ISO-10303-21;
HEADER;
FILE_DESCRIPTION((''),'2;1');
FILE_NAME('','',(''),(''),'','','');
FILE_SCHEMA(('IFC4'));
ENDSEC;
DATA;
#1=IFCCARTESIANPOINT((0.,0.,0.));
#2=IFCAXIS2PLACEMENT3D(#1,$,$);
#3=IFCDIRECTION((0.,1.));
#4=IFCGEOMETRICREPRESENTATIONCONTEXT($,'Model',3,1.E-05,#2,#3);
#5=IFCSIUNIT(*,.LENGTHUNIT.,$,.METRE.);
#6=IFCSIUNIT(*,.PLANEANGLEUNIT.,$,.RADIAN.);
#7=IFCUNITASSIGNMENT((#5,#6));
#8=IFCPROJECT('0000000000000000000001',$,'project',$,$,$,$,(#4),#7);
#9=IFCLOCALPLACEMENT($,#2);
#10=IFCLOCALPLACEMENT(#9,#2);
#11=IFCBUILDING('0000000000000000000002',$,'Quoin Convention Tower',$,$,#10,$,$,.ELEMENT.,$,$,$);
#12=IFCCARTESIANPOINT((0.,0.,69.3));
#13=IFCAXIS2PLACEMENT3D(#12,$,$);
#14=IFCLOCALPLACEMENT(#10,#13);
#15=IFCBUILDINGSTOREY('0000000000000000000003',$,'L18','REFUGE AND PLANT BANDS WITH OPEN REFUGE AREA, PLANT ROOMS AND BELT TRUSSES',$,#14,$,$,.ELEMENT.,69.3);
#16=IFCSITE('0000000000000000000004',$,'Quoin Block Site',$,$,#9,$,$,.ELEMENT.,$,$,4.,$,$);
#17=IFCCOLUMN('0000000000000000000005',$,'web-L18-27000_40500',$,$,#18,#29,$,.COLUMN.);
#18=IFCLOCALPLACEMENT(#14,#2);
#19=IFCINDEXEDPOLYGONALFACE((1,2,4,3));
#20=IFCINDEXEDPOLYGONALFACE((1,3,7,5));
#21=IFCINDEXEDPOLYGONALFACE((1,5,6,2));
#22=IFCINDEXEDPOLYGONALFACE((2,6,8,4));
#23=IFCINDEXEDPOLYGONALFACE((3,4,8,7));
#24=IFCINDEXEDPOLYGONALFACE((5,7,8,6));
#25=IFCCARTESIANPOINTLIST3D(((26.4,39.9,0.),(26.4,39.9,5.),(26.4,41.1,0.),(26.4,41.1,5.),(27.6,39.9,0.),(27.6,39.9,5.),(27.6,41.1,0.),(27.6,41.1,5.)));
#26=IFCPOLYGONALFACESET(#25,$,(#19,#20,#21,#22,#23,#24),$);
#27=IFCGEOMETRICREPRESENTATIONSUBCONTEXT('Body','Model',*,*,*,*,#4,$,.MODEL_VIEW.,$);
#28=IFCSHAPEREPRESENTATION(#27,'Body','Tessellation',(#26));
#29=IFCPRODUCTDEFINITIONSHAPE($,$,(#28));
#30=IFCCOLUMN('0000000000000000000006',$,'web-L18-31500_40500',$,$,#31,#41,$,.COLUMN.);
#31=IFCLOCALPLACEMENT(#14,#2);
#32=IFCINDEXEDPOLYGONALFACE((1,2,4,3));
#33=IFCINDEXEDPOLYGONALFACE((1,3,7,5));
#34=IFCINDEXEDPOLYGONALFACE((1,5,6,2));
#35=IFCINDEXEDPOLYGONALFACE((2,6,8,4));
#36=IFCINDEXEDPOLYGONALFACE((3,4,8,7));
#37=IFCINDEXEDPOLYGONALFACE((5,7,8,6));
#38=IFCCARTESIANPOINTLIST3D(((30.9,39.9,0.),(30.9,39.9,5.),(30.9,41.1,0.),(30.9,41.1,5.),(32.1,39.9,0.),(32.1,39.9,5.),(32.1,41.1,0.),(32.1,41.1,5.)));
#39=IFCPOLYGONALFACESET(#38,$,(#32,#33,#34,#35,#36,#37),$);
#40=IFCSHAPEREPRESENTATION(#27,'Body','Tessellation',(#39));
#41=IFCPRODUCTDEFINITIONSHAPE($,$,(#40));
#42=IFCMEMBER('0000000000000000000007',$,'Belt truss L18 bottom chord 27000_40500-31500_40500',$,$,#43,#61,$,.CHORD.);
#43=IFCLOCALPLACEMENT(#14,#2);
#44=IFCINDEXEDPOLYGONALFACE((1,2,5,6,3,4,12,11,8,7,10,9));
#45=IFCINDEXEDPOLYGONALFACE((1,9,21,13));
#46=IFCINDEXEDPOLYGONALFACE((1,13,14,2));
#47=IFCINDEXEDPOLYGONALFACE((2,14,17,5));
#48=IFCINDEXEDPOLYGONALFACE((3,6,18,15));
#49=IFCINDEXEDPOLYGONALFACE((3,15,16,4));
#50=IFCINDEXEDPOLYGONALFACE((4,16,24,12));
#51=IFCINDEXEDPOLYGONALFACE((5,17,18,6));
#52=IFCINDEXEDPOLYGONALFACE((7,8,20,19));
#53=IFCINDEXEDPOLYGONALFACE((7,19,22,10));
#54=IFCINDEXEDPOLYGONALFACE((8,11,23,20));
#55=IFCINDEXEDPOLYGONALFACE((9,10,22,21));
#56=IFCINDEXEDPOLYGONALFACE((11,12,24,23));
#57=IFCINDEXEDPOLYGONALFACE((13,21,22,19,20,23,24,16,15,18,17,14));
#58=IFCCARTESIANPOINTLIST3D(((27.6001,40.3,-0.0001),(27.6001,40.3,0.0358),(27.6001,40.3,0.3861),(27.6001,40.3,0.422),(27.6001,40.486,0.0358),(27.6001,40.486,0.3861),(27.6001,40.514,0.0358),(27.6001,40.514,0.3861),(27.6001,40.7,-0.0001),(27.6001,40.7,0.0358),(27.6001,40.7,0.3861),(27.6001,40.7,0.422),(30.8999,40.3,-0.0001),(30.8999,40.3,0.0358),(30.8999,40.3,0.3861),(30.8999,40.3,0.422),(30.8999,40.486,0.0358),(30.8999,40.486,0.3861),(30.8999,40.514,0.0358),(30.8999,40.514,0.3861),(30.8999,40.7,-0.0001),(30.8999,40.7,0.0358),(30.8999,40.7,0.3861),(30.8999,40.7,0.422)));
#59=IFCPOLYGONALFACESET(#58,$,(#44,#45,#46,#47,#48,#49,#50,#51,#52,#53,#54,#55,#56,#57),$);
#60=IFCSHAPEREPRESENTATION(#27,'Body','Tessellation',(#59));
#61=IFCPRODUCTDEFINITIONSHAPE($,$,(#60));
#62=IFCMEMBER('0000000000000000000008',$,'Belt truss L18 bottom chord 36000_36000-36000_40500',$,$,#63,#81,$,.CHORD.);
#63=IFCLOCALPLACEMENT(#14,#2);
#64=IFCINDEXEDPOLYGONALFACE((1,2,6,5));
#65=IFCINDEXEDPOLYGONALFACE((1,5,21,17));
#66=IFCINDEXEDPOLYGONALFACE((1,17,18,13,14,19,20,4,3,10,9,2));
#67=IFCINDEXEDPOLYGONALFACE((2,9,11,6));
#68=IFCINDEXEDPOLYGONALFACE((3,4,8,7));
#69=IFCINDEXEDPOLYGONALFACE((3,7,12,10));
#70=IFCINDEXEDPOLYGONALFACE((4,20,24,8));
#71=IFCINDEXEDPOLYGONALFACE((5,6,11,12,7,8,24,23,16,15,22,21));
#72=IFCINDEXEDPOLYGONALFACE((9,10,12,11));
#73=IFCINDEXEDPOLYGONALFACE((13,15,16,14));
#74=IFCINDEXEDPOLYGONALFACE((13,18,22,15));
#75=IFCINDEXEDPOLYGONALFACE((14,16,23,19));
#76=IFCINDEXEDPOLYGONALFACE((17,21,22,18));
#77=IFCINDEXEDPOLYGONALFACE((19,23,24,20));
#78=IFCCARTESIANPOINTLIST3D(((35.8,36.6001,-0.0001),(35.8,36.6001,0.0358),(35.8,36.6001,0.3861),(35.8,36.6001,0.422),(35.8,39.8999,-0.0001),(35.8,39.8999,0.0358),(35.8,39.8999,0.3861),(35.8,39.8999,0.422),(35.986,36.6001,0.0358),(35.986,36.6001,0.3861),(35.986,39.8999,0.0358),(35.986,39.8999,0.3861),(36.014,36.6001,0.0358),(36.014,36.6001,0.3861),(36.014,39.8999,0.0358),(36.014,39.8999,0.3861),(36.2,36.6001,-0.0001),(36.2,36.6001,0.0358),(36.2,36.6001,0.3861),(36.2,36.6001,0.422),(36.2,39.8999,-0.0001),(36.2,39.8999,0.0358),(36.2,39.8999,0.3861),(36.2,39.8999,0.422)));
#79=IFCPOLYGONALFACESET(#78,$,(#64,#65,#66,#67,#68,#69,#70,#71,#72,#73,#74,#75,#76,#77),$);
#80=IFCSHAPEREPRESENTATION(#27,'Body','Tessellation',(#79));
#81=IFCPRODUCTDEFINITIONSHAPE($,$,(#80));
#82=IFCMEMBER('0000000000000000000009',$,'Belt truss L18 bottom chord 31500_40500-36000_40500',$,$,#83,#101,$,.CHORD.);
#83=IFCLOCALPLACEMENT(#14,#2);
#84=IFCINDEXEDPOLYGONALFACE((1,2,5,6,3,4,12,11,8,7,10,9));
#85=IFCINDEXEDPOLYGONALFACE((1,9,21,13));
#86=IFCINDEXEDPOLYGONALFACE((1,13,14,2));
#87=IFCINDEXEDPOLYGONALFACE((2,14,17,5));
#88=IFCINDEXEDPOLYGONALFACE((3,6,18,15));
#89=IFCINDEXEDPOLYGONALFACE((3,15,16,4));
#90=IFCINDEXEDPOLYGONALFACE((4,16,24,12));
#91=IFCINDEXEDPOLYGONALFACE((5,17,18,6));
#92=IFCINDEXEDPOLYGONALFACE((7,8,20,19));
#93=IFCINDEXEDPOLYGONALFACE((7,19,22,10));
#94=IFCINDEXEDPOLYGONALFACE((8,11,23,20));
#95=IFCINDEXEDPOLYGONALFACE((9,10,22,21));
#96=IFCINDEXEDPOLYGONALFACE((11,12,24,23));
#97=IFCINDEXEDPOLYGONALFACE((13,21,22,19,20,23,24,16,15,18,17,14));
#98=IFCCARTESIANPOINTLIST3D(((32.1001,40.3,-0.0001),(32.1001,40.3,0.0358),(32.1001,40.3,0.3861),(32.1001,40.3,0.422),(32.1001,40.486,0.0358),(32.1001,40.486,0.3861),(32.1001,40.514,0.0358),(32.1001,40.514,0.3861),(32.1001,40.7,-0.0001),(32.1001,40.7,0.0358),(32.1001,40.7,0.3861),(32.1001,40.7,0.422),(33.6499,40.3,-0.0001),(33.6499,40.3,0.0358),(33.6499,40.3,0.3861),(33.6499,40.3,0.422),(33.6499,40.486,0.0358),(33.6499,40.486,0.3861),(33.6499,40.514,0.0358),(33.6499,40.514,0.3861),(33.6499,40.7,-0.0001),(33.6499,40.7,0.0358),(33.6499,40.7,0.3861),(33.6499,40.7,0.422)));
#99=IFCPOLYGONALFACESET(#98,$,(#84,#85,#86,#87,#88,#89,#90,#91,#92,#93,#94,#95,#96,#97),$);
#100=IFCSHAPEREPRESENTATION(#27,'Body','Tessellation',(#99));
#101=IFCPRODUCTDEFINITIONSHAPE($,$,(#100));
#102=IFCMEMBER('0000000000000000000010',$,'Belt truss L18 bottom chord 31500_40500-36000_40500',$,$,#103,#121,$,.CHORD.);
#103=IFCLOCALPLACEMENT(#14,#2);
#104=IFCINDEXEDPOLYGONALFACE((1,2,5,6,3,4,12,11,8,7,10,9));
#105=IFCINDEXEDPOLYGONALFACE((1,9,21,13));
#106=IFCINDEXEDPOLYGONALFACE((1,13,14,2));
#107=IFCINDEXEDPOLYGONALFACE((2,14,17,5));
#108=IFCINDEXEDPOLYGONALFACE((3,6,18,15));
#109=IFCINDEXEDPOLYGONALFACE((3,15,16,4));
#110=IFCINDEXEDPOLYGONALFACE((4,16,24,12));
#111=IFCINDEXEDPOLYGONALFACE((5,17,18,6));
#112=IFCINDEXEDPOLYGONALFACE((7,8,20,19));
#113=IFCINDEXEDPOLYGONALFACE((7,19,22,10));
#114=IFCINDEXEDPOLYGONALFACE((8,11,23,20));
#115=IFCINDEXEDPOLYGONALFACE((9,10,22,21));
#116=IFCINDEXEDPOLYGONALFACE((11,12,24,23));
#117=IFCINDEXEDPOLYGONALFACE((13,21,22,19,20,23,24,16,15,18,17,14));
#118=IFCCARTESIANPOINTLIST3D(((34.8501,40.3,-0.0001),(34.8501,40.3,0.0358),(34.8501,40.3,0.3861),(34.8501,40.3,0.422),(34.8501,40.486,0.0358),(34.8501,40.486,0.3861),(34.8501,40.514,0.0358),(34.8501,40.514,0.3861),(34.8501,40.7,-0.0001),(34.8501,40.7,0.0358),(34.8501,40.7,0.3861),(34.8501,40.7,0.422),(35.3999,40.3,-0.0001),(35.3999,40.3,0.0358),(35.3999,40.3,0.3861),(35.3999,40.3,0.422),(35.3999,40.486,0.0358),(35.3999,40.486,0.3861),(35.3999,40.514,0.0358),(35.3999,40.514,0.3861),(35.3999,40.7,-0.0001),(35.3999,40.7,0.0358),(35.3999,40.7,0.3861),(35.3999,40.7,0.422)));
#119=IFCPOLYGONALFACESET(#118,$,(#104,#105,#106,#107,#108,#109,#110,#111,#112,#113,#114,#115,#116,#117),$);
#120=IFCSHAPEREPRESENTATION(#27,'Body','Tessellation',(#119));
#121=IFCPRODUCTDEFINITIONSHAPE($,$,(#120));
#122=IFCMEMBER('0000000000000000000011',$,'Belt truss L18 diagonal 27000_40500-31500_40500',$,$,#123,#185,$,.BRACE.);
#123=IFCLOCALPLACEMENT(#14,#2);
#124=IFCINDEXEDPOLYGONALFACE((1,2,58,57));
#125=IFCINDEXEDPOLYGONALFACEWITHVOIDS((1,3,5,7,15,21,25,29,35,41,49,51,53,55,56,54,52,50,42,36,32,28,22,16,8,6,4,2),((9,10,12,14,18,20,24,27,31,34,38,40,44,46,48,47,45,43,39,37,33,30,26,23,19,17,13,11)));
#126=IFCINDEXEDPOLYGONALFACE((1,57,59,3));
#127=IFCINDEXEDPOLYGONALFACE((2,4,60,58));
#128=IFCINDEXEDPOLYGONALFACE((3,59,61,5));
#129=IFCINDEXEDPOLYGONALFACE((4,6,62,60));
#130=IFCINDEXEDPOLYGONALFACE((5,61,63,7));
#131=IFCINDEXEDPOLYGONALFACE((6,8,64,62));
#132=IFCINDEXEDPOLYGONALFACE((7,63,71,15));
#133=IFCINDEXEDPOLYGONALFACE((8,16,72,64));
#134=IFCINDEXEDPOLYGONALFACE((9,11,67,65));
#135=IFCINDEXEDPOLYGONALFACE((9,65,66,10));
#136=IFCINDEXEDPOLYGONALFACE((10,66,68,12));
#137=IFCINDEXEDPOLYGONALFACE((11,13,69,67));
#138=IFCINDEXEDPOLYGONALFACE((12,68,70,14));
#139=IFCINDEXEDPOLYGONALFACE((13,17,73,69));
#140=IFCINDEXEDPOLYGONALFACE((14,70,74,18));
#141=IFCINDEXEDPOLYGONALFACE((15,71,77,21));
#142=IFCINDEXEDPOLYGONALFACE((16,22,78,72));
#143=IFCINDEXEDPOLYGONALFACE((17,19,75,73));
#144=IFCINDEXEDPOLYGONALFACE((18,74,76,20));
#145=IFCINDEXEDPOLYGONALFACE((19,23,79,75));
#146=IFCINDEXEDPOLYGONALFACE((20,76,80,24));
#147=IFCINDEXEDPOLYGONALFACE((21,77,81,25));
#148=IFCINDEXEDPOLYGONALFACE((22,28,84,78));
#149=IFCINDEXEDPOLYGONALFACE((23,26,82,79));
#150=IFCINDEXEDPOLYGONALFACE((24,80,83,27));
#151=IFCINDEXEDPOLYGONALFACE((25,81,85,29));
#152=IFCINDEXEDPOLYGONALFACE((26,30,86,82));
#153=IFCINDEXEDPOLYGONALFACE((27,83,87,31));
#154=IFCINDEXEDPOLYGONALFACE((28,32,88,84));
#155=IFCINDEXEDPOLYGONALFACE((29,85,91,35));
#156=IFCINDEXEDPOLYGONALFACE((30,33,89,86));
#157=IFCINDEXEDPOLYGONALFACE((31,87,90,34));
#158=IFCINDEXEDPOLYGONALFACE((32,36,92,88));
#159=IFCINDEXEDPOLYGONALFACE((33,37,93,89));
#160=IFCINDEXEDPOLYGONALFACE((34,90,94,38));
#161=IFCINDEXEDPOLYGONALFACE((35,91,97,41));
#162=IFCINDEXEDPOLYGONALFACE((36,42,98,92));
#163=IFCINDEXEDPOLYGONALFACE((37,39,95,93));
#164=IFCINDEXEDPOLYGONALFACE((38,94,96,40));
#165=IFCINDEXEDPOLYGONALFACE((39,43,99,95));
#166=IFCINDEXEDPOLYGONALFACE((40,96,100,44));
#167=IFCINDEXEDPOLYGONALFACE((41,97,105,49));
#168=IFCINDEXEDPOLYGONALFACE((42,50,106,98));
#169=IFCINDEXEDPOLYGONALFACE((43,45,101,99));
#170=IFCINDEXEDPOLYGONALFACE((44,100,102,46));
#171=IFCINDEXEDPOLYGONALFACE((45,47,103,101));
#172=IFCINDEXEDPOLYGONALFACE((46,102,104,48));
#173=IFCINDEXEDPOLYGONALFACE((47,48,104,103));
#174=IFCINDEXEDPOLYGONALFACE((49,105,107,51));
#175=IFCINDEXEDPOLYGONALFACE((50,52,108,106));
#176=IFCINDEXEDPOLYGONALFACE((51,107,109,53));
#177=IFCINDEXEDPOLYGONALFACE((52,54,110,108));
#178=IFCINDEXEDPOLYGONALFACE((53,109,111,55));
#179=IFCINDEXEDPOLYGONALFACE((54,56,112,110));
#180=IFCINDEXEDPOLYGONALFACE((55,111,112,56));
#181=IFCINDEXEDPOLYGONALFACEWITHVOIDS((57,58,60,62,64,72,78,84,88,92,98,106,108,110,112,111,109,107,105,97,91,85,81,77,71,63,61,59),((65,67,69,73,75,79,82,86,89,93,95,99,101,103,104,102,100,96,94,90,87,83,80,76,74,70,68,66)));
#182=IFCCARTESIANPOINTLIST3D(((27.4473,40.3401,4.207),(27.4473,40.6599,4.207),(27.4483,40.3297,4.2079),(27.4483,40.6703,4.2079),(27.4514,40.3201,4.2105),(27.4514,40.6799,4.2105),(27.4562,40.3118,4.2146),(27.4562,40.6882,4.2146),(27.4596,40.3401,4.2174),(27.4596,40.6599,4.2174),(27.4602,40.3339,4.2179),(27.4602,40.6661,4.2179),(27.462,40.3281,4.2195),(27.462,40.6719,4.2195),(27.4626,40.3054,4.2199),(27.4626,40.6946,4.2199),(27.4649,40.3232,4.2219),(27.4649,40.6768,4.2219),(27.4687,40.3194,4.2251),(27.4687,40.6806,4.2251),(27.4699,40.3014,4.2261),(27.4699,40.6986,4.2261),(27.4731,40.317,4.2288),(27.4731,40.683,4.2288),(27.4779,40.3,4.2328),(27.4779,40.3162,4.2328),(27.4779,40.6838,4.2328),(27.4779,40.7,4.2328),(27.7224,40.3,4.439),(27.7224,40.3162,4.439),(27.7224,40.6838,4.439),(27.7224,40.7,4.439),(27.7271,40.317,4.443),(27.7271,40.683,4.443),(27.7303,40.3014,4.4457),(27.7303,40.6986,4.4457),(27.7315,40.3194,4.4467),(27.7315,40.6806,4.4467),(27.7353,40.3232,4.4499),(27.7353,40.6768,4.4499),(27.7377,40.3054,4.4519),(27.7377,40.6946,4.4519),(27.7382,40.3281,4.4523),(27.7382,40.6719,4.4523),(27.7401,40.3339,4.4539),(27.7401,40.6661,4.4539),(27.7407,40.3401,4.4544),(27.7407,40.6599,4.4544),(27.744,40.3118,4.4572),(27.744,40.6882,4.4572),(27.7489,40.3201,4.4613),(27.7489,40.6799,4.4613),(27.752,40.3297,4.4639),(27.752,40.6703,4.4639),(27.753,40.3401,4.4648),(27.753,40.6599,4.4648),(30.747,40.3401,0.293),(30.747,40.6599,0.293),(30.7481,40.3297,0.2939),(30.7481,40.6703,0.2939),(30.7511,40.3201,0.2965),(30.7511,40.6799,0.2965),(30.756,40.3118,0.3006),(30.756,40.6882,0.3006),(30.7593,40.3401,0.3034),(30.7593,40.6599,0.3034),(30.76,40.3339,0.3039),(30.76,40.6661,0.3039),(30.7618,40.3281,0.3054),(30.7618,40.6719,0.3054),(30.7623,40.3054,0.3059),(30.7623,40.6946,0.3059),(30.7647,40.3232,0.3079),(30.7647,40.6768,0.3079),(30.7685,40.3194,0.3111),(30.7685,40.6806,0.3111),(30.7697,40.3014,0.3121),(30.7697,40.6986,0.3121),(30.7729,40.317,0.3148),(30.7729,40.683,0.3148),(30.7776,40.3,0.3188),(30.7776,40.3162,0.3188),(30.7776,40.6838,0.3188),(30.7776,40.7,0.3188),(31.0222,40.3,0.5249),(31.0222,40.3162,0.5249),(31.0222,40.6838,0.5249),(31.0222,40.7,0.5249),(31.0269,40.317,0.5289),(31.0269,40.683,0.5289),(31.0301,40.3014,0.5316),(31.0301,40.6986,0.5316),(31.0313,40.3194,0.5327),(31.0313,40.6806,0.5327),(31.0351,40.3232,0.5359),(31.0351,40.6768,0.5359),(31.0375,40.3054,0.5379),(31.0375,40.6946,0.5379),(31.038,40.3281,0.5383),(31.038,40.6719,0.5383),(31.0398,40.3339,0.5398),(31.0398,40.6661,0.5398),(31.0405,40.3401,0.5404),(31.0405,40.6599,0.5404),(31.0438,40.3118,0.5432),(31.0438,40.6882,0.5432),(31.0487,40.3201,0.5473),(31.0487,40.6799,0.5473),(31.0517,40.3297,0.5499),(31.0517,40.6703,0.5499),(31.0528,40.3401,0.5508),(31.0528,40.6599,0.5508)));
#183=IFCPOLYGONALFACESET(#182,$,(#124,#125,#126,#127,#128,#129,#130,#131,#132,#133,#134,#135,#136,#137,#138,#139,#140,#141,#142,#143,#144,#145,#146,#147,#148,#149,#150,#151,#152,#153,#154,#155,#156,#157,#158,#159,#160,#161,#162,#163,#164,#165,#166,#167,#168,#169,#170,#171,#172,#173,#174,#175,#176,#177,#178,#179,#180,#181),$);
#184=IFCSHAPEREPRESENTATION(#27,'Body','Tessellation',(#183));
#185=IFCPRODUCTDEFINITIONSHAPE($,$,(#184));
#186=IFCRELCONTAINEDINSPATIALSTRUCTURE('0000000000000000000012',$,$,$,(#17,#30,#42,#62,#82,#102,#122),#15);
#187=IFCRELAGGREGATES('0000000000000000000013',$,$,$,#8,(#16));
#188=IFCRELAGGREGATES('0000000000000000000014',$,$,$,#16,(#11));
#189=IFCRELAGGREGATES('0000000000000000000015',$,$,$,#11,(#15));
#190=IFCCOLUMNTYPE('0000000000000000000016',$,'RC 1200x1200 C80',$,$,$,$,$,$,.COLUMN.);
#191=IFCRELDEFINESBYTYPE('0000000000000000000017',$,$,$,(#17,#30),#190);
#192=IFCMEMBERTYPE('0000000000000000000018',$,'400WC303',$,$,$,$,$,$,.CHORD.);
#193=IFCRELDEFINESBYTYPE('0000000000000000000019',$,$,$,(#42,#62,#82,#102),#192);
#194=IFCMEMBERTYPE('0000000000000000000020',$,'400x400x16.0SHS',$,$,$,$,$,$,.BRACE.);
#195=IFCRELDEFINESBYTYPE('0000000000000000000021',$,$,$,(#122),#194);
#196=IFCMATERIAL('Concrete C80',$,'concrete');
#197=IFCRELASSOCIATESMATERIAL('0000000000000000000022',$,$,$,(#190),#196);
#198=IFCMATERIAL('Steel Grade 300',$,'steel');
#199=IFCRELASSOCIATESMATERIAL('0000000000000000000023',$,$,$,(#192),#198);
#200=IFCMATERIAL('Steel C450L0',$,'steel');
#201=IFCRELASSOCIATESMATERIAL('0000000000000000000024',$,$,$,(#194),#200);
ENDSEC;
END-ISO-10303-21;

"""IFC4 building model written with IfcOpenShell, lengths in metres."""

from ifc_helpers import new_model, si_unit, direction, frame, origin, origin_2d, place, context, subcontext, project, spatial, rectangle, hollow_rectangle, i_section, extrude, material, material_profile, profile_set, type_object, element, save


model = new_model("IFC4")

# Units and contexts
model_context = context("Model", 3, precision=1e-05, world=origin(), true_north=direction((0.0, 1.0)))
body_context = subcontext(model_context, "Body", "Model", "MODEL_VIEW")
ifc_project = project(units=[si_unit("LENGTHUNIT", "METRE"), si_unit("PLANEANGLEUNIT", "RADIAN")], contexts=[model_context])

# Site, building, storey
site_placement = place(None, origin())
site = spatial("IfcSite", under=ifc_project, at=site_placement, Name="Quoin Block Site", CompositionType="ELEMENT", RefElevation=4.0)
building_placement = place(site_placement, origin())
building = spatial("IfcBuilding", under=site, at=building_placement, Name="Quoin Convention Tower", CompositionType="ELEMENT")
storey_placement = place(building_placement, frame((0.0, 0.0, 69.3)))
storey = spatial("IfcBuildingStorey", under=building, at=storey_placement, Name="L18", Description="REFUGE AND PLANT BANDS WITH OPEN REFUGE AREA, PLANT ROOMS AND BELT TRUSSES", CompositionType="ELEMENT", Elevation=69.3)

# Columns
ifc_material_1 = material(Name="Concrete C80", Category="concrete")
ifc_material_profile_1 = material_profile(ifc_material_1, rectangle(XDim=1.2, YDim=1.2, at=origin_2d()), Name="RC 1200x1200")
ifc_profile_set_1 = profile_set([ifc_material_profile_1], Name="Concrete C80")
column_type = type_object("IfcColumnType", Name="RC 1200x1200 C80", PredefinedType="COLUMN", material=ifc_profile_set_1)
for number, where, z_axis, x_axis, name in (
    (1, (27.0, 40.5, 0.0), (0.0, 0.0, 1.0), (1.0, 0.0, 0.0), "web-L18-27000_40500"),
    (2, (31.5, 40.5, 0.0), (0.0, 0.0, 1.0), (1.0, 0.0, 0.0), "web-L18-31500_40500"),
):
    element("IfcColumn", number, at=place(storey_placement, frame(where, z_axis=z_axis, x_axis=x_axis)), inside=storey, type_object=column_type, Name=name, PredefinedType="COLUMN", context=body_context, shape_type="SweptSolid", body=[
        extrude(rectangle(XDim=1.2, YDim=1.2, at=origin_2d()), origin(), (0.0, 0.0, 1.0), 5.0),
    ])

# Members
ifc_material_2 = material(Name="Steel Grade 300", Category="steel")
ifc_material_profile_2 = material_profile(ifc_material_2, i_section(OverallWidth=0.3999, OverallDepth=0.4221, WebThickness=0.0281, FlangeThickness=0.0359, at=origin_2d()), Name="400WC303")
ifc_profile_set_2 = profile_set([ifc_material_profile_2], Name="Steel Grade 300")
member_type_1 = type_object("IfcMemberType", Name="400WC303", PredefinedType="CHORD", material=ifc_profile_set_2)
for number, where, z_axis, x_axis, name in (
    (3, (27.6001, 40.5, 0.2109), (1.0, 0.0, 0.0), (0.0, 1.0, 0.0), "Belt truss L18 bottom chord 27000_40500-31500_40500"),
    (4, (36.0, 36.6001, 0.2109), (0.0, 1.0, 0.0), (-1.0, 0.0, 0.0), "Belt truss L18 bottom chord 36000_36000-36000_40500"),
):
    element("IfcMember", number, at=place(storey_placement, frame(where, z_axis=z_axis, x_axis=x_axis)), inside=storey, type_object=member_type_1, Name=name, PredefinedType="CHORD", context=body_context, shape_type="SweptSolid", body=[
        extrude(i_section(OverallWidth=0.3999, OverallDepth=0.4221, WebThickness=0.0281, FlangeThickness=0.0359, at=origin_2d()), origin(), (0.0, 0.0, 1.0), 3.2998),
    ])
member_1_placement = place(storey_placement, frame((32.1001, 40.5, 0.2109), z_axis=(1.0, 0.0, 0.0), x_axis=(0.0, 1.0, 0.0)))
element("IfcMember", 5, at=member_1_placement, inside=storey, type_object=member_type_1, Name="Belt truss L18 bottom chord 31500_40500-36000_40500", PredefinedType="CHORD", context=body_context, shape_type="SweptSolid", body=[
    extrude(i_section(OverallWidth=0.3999, OverallDepth=0.4221, WebThickness=0.0281, FlangeThickness=0.0359, at=origin_2d()), origin(), (0.0, 0.0, 1.0), 1.5498),
])
member_2_placement = place(storey_placement, frame((34.8501, 40.5, 0.2109), z_axis=(1.0, 0.0, 0.0), x_axis=(0.0, 1.0, 0.0)))
element("IfcMember", 6, at=member_2_placement, inside=storey, type_object=member_type_1, Name="Belt truss L18 bottom chord 31500_40500-36000_40500", PredefinedType="CHORD", context=body_context, shape_type="SweptSolid", body=[
    extrude(i_section(OverallWidth=0.3999, OverallDepth=0.4221, WebThickness=0.0281, FlangeThickness=0.0359, at=origin_2d()), origin(), (0.0, 0.0, 1.0), 0.5498),
])
ifc_material_3 = material(Name="Steel C450L0", Category="steel")
ifc_material_profile_3 = material_profile(ifc_material_3, hollow_rectangle(XDim=0.3999, YDim=0.3999, WallThickness=0.0161, InnerFilletRadius=0.0239, OuterFilletRadius=0.04, at=origin_2d()), Name="400x400x16.0SHS")
ifc_profile_set_3 = profile_set([ifc_material_profile_3], Name="Steel C450L0")
member_type_2 = type_object("IfcMemberType", Name="400x400x16.0SHS", PredefinedType="BRACE", material=ifc_profile_set_3)
member_3_placement = place(storey_placement, frame((30.8999, 40.5, 0.4219), z_axis=(-0.644564, 0.0, 0.76455), x_axis=(0.0, -1.0, 0.0)))
element("IfcMember", 7, at=member_3_placement, inside=storey, type_object=member_type_2, Name="Belt truss L18 diagonal 27000_40500-31500_40500", PredefinedType="BRACE", context=body_context, shape_type="SweptSolid", body=[
    extrude(hollow_rectangle(XDim=0.3999, YDim=0.3999, WallThickness=0.0161, InnerFilletRadius=0.0239, OuterFilletRadius=0.04, at=origin_2d()), origin(), (0.0, 0.0, 1.0), 5.1194),
])

save(model, "model.ifc")
